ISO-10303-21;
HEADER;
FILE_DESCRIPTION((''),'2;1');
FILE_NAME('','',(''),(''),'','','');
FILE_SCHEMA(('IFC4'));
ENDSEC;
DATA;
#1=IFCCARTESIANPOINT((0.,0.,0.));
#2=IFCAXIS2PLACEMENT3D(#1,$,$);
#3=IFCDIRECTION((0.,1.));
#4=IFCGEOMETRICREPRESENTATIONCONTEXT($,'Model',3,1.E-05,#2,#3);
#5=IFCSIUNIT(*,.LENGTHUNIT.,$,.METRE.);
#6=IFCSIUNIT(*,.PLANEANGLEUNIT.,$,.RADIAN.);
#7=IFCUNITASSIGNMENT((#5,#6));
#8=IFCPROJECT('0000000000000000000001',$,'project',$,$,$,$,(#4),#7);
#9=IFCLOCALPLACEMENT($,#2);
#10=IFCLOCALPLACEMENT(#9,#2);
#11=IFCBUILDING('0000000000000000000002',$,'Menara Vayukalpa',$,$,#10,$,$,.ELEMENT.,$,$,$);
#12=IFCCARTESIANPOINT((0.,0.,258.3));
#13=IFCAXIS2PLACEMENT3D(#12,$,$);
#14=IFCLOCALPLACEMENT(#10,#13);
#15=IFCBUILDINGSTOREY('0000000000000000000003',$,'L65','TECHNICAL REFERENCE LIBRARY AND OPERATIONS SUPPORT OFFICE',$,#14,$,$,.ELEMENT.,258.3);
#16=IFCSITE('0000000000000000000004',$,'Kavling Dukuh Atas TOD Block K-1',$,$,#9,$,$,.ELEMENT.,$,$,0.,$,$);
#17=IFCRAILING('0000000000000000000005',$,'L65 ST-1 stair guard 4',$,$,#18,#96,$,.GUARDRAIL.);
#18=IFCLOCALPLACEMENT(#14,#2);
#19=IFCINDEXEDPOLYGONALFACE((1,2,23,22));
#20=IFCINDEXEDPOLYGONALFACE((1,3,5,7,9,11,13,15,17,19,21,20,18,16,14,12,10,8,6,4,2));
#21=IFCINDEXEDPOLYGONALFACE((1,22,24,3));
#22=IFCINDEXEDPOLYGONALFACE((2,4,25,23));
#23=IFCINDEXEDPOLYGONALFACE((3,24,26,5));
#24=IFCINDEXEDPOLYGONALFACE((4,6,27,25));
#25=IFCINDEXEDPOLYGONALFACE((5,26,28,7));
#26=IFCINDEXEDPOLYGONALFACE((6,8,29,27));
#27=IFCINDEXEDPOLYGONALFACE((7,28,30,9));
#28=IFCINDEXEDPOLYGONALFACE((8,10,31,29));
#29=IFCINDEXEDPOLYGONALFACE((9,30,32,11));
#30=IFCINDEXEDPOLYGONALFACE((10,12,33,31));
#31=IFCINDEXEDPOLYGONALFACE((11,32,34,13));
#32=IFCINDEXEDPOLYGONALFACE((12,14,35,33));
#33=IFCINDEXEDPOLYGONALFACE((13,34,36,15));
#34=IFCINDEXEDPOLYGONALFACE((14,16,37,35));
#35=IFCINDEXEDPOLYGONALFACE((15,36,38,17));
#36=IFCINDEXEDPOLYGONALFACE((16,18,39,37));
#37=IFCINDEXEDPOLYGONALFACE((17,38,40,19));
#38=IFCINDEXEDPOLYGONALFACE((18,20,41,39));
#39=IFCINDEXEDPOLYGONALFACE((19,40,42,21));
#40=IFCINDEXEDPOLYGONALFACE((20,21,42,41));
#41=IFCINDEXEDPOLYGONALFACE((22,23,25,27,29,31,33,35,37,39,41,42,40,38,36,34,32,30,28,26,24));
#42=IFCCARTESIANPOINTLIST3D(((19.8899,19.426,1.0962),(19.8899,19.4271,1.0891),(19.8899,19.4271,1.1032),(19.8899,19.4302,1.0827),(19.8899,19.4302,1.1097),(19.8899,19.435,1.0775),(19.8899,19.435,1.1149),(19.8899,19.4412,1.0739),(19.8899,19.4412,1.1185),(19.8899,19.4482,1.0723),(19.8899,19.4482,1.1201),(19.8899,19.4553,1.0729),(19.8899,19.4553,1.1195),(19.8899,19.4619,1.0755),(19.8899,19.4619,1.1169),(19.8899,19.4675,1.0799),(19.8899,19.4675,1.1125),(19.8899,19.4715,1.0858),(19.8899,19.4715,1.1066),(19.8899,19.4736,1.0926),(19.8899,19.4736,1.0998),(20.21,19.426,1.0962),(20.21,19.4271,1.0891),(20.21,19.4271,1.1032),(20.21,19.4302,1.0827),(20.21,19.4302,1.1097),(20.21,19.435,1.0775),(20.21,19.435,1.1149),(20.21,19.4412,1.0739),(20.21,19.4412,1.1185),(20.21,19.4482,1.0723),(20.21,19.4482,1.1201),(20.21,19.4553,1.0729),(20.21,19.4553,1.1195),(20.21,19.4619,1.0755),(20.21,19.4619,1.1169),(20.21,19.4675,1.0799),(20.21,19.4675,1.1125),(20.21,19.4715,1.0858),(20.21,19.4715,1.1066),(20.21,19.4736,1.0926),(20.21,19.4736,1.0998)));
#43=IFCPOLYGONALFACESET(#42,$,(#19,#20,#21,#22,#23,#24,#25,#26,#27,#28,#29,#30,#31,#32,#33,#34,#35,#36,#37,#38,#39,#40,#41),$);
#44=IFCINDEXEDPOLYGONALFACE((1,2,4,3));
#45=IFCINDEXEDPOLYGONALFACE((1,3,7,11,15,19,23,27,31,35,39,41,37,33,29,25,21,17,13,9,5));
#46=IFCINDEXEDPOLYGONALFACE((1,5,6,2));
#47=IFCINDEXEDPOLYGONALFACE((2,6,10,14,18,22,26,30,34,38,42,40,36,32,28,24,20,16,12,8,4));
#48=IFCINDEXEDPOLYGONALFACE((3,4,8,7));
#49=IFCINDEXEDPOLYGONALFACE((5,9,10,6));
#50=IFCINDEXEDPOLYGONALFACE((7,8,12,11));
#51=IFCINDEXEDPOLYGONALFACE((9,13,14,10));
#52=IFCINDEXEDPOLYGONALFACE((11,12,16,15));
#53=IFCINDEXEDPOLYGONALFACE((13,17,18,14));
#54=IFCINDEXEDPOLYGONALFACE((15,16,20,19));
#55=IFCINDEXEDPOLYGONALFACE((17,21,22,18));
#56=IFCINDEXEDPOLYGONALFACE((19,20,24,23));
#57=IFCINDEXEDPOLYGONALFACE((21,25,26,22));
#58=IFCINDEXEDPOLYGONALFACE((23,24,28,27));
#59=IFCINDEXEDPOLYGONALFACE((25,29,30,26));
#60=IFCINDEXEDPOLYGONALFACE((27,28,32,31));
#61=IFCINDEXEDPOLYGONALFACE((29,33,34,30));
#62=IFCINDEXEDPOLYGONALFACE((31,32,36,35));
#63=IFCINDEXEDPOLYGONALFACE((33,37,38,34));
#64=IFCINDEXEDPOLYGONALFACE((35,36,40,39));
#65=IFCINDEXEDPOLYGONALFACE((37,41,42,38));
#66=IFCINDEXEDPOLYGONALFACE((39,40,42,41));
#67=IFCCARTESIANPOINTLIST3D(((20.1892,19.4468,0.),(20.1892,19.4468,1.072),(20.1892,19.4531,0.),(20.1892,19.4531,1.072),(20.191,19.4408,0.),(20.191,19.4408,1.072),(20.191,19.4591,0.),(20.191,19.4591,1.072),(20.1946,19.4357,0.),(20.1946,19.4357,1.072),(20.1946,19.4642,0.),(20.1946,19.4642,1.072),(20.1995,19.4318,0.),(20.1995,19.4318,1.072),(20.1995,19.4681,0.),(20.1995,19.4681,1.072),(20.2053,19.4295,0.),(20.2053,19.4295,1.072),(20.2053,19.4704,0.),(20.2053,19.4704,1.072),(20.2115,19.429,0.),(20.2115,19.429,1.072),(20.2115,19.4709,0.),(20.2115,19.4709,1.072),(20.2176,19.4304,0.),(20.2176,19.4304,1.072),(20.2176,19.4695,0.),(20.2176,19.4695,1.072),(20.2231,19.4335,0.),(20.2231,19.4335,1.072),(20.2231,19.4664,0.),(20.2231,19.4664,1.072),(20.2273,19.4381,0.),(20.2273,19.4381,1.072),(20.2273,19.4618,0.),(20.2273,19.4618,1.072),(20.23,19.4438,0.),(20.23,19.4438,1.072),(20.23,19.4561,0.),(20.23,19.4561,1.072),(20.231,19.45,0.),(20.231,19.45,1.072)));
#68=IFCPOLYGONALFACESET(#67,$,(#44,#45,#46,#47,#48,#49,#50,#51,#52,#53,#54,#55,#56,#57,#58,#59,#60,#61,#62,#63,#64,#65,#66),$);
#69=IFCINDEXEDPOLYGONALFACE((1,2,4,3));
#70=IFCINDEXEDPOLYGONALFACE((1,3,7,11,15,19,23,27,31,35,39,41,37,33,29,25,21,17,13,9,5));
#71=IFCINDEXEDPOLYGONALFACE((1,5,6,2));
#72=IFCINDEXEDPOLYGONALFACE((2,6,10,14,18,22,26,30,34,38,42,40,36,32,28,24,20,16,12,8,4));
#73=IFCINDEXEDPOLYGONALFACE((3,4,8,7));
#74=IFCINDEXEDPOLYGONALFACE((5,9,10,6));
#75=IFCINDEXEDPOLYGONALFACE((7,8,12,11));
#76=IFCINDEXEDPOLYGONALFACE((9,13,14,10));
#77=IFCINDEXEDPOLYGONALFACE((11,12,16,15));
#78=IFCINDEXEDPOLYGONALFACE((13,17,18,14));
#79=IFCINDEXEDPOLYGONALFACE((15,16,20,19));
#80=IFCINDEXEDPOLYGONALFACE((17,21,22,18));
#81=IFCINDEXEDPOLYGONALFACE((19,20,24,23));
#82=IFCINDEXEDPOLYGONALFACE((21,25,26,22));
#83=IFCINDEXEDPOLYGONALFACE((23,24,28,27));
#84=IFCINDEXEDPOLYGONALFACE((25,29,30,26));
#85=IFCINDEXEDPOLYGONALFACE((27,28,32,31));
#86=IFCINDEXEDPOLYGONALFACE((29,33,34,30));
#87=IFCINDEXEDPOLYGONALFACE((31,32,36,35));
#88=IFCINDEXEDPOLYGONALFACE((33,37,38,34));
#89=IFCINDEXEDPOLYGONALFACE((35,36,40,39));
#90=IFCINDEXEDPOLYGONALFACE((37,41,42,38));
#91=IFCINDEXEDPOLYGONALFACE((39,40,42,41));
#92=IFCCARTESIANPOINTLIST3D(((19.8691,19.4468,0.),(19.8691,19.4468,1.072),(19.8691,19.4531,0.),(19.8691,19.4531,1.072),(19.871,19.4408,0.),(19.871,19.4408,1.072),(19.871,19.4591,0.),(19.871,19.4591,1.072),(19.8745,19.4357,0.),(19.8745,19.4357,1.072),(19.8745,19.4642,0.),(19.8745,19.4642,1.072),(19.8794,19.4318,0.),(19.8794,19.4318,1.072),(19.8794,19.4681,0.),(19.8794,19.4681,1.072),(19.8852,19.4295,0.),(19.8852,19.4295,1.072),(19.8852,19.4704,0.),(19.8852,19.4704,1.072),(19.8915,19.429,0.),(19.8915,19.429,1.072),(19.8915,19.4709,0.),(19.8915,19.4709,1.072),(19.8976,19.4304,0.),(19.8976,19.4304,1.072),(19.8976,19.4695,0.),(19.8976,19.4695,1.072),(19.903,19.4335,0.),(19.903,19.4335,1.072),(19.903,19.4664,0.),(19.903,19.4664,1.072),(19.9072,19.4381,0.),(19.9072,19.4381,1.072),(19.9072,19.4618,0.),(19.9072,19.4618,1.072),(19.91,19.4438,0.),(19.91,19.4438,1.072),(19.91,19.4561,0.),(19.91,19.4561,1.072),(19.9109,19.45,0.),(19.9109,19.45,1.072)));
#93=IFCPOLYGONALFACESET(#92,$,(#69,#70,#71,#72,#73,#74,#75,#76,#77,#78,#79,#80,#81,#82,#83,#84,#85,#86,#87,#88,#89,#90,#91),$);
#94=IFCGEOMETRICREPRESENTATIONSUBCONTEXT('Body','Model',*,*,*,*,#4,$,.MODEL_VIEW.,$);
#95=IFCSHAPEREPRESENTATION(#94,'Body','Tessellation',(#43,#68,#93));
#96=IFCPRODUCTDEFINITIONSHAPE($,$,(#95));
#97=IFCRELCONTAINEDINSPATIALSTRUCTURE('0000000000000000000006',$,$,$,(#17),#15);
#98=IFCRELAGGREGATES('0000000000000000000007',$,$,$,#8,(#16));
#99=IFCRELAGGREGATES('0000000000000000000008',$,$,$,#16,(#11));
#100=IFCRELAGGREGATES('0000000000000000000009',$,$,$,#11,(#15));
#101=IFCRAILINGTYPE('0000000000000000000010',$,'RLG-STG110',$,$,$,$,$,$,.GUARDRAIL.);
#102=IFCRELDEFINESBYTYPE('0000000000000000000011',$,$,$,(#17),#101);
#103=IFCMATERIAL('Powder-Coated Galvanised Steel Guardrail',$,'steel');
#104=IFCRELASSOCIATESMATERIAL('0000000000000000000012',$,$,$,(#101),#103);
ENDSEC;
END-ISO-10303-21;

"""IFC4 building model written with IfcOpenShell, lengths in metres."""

from ifc_helpers import new_model, si_unit, direction, frame, origin, origin_2d, place, context, subcontext, project, spatial, circle, extrude, material, type_object, element, save


model = new_model("IFC4")

# Units and contexts
model_context = context("Model", 3, precision=1e-05, world=origin(), true_north=direction((0.0, 1.0)))
body_context = subcontext(model_context, "Body", "Model", "MODEL_VIEW")
ifc_project = project(units=[si_unit("LENGTHUNIT", "METRE"), si_unit("PLANEANGLEUNIT", "RADIAN")], contexts=[model_context])

# Site, building, storey
site_placement = place(None, origin())
site = spatial("IfcSite", under=ifc_project, at=site_placement, Name="Kavling Dukuh Atas TOD Block K-1", CompositionType="ELEMENT", RefElevation=0.0)
building_placement = place(site_placement, origin())
building = spatial("IfcBuilding", under=site, at=building_placement, Name="Menara Vayukalpa", CompositionType="ELEMENT")
storey_placement = place(building_placement, frame((0.0, 0.0, 258.3)))
storey = spatial("IfcBuildingStorey", under=building, at=storey_placement, Name="L65", Description="TECHNICAL REFERENCE LIBRARY AND OPERATIONS SUPPORT OFFICE", CompositionType="ELEMENT", Elevation=258.3)

# Railing
ifc_material_1 = material(Name="Powder-Coated Galvanised Steel Guardrail", Category="steel")
railing_type_1 = type_object("IfcRailingType", Name="RLG-STG110", PredefinedType="GUARDRAIL", material=ifc_material_1)
railing_1_placement = place(storey_placement, frame((20.21, 19.45, 0.0)))
element("IfcRailing", 1, at=railing_1_placement, inside=storey, type_object=railing_type_1, Name="L65 ST-1 stair guard 4", PredefinedType="GUARDRAIL", context=body_context, shape_type="SweptSolid", body=[
    extrude(circle(Radius=0.0239, at=origin_2d()), frame((0.0, 0.0, 1.0962), z_axis=(-1.0, 0.0, 0.0), x_axis=(0.0, -1.0, 0.0)), (0.0, 0.0, 1.0), 0.3201),
    extrude(circle(Radius=0.021, at=origin_2d()), origin(), (0.0, 0.0, 1.0), 1.072),
    extrude(circle(Radius=0.021, at=origin_2d()), frame((-0.3201, 0.0, 0.0)), (0.0, 0.0, 1.0), 1.072),
])

save(model, "model.ifc")
